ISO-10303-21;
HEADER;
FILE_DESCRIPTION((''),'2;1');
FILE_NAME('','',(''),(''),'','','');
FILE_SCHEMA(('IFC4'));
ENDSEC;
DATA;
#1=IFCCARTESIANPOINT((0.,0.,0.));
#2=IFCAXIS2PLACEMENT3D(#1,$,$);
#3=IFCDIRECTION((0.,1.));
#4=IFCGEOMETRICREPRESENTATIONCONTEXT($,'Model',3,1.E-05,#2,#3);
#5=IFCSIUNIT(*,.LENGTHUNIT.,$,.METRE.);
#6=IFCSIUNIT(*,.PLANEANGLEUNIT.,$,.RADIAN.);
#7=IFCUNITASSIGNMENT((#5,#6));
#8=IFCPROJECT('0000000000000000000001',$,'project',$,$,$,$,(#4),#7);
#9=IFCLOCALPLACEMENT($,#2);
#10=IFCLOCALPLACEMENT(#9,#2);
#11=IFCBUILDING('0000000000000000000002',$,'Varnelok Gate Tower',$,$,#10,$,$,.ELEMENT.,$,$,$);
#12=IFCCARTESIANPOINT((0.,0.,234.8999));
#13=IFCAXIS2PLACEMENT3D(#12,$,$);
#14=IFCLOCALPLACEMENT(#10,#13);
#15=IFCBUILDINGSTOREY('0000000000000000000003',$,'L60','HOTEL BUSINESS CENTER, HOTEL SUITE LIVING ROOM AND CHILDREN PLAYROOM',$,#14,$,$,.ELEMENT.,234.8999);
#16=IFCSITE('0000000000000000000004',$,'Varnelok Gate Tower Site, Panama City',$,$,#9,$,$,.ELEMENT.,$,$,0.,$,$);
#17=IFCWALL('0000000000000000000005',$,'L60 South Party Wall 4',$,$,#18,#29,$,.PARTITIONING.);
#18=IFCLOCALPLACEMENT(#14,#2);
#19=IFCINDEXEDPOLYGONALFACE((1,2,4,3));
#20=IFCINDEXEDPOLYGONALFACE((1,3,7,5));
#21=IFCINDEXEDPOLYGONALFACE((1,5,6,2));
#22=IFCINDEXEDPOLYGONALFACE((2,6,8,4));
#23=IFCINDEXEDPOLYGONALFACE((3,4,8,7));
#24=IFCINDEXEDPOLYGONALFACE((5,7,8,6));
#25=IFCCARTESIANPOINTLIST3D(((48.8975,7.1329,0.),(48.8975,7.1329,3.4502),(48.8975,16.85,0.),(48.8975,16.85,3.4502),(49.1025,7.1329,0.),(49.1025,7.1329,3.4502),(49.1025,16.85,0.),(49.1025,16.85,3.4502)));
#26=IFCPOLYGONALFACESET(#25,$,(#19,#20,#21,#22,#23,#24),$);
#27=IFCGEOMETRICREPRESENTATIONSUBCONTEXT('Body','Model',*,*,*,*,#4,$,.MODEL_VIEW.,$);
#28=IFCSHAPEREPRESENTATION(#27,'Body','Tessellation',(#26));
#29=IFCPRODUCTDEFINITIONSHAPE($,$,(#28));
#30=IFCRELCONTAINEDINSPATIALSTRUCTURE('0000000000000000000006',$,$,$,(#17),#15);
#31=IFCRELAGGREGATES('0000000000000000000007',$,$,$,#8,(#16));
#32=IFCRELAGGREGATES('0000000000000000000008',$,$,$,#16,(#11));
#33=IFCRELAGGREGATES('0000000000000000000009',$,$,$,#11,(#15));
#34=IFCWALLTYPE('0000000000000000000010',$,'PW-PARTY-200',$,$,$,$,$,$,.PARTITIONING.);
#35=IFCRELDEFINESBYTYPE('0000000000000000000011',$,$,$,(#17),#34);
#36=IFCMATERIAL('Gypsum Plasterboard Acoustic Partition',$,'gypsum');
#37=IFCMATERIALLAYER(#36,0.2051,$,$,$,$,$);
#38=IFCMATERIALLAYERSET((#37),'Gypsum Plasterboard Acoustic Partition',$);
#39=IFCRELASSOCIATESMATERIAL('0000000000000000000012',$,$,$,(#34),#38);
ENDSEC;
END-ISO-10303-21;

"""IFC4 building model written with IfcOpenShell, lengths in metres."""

from ifc_helpers import new_model, si_unit, direction, frame, frame_2d, origin, place, context, subcontext, project, spatial, rectangle, extrude, material, layer, layer_set, type_object, element, save


model = new_model("IFC4")

# Units and contexts
model_context = context("Model", 3, precision=1e-05, world=origin(), true_north=direction((0.0, 1.0)))
body_context = subcontext(model_context, "Body", "Model", "MODEL_VIEW")
ifc_project = project(units=[si_unit("LENGTHUNIT", "METRE"), si_unit("PLANEANGLEUNIT", "RADIAN")], contexts=[model_context])

# Site, building, storey
site_placement = place(None, origin())
site = spatial("IfcSite", under=ifc_project, at=site_placement, Name="Varnelok Gate Tower Site, Panama City", CompositionType="ELEMENT", RefElevation=0.0)
building_placement = place(site_placement, origin())
building = spatial("IfcBuilding", under=site, at=building_placement, Name="Varnelok Gate Tower", CompositionType="ELEMENT")
storey_placement = place(building_placement, frame((0.0, 0.0, 234.8999)))
storey = spatial("IfcBuildingStorey", under=building, at=storey_placement, Name="L60", Description="HOTEL BUSINESS CENTER, HOTEL SUITE LIVING ROOM AND CHILDREN PLAYROOM", CompositionType="ELEMENT", Elevation=234.8999)

# Shared definitions
ifc_material_1 = material(Name="Gypsum Plasterboard Acoustic Partition", Category="gypsum")

# Wall
ifc_layer_1 = layer(ifc_material_1, 0.2051)
ifc_layer_set_1 = layer_set([ifc_layer_1], Name="Gypsum Plasterboard Acoustic Partition")
wall_type_1 = type_object("IfcWallType", Name="PW-PARTY-200", PredefinedType="PARTITIONING", material=ifc_layer_set_1)
wall_1_placement = place(storey_placement, frame((49.0, 7.1331, 0.0), z_axis=(0.0, 0.0, 1.0), x_axis=(0.0, 1.0, 0.0)))
element("IfcWall", 1, at=wall_1_placement, inside=storey, type_object=wall_type_1, Name="L60 South Party Wall 4", PredefinedType="PARTITIONING", context=body_context, shape_type="SweptSolid", body=[
    extrude(rectangle(XDim=9.717, YDim=0.2051, at=frame_2d((4.8584, 0.0))), origin(), (0.0, 0.0, 1.0), 3.4502),
])

save(model, "model.ifc")
